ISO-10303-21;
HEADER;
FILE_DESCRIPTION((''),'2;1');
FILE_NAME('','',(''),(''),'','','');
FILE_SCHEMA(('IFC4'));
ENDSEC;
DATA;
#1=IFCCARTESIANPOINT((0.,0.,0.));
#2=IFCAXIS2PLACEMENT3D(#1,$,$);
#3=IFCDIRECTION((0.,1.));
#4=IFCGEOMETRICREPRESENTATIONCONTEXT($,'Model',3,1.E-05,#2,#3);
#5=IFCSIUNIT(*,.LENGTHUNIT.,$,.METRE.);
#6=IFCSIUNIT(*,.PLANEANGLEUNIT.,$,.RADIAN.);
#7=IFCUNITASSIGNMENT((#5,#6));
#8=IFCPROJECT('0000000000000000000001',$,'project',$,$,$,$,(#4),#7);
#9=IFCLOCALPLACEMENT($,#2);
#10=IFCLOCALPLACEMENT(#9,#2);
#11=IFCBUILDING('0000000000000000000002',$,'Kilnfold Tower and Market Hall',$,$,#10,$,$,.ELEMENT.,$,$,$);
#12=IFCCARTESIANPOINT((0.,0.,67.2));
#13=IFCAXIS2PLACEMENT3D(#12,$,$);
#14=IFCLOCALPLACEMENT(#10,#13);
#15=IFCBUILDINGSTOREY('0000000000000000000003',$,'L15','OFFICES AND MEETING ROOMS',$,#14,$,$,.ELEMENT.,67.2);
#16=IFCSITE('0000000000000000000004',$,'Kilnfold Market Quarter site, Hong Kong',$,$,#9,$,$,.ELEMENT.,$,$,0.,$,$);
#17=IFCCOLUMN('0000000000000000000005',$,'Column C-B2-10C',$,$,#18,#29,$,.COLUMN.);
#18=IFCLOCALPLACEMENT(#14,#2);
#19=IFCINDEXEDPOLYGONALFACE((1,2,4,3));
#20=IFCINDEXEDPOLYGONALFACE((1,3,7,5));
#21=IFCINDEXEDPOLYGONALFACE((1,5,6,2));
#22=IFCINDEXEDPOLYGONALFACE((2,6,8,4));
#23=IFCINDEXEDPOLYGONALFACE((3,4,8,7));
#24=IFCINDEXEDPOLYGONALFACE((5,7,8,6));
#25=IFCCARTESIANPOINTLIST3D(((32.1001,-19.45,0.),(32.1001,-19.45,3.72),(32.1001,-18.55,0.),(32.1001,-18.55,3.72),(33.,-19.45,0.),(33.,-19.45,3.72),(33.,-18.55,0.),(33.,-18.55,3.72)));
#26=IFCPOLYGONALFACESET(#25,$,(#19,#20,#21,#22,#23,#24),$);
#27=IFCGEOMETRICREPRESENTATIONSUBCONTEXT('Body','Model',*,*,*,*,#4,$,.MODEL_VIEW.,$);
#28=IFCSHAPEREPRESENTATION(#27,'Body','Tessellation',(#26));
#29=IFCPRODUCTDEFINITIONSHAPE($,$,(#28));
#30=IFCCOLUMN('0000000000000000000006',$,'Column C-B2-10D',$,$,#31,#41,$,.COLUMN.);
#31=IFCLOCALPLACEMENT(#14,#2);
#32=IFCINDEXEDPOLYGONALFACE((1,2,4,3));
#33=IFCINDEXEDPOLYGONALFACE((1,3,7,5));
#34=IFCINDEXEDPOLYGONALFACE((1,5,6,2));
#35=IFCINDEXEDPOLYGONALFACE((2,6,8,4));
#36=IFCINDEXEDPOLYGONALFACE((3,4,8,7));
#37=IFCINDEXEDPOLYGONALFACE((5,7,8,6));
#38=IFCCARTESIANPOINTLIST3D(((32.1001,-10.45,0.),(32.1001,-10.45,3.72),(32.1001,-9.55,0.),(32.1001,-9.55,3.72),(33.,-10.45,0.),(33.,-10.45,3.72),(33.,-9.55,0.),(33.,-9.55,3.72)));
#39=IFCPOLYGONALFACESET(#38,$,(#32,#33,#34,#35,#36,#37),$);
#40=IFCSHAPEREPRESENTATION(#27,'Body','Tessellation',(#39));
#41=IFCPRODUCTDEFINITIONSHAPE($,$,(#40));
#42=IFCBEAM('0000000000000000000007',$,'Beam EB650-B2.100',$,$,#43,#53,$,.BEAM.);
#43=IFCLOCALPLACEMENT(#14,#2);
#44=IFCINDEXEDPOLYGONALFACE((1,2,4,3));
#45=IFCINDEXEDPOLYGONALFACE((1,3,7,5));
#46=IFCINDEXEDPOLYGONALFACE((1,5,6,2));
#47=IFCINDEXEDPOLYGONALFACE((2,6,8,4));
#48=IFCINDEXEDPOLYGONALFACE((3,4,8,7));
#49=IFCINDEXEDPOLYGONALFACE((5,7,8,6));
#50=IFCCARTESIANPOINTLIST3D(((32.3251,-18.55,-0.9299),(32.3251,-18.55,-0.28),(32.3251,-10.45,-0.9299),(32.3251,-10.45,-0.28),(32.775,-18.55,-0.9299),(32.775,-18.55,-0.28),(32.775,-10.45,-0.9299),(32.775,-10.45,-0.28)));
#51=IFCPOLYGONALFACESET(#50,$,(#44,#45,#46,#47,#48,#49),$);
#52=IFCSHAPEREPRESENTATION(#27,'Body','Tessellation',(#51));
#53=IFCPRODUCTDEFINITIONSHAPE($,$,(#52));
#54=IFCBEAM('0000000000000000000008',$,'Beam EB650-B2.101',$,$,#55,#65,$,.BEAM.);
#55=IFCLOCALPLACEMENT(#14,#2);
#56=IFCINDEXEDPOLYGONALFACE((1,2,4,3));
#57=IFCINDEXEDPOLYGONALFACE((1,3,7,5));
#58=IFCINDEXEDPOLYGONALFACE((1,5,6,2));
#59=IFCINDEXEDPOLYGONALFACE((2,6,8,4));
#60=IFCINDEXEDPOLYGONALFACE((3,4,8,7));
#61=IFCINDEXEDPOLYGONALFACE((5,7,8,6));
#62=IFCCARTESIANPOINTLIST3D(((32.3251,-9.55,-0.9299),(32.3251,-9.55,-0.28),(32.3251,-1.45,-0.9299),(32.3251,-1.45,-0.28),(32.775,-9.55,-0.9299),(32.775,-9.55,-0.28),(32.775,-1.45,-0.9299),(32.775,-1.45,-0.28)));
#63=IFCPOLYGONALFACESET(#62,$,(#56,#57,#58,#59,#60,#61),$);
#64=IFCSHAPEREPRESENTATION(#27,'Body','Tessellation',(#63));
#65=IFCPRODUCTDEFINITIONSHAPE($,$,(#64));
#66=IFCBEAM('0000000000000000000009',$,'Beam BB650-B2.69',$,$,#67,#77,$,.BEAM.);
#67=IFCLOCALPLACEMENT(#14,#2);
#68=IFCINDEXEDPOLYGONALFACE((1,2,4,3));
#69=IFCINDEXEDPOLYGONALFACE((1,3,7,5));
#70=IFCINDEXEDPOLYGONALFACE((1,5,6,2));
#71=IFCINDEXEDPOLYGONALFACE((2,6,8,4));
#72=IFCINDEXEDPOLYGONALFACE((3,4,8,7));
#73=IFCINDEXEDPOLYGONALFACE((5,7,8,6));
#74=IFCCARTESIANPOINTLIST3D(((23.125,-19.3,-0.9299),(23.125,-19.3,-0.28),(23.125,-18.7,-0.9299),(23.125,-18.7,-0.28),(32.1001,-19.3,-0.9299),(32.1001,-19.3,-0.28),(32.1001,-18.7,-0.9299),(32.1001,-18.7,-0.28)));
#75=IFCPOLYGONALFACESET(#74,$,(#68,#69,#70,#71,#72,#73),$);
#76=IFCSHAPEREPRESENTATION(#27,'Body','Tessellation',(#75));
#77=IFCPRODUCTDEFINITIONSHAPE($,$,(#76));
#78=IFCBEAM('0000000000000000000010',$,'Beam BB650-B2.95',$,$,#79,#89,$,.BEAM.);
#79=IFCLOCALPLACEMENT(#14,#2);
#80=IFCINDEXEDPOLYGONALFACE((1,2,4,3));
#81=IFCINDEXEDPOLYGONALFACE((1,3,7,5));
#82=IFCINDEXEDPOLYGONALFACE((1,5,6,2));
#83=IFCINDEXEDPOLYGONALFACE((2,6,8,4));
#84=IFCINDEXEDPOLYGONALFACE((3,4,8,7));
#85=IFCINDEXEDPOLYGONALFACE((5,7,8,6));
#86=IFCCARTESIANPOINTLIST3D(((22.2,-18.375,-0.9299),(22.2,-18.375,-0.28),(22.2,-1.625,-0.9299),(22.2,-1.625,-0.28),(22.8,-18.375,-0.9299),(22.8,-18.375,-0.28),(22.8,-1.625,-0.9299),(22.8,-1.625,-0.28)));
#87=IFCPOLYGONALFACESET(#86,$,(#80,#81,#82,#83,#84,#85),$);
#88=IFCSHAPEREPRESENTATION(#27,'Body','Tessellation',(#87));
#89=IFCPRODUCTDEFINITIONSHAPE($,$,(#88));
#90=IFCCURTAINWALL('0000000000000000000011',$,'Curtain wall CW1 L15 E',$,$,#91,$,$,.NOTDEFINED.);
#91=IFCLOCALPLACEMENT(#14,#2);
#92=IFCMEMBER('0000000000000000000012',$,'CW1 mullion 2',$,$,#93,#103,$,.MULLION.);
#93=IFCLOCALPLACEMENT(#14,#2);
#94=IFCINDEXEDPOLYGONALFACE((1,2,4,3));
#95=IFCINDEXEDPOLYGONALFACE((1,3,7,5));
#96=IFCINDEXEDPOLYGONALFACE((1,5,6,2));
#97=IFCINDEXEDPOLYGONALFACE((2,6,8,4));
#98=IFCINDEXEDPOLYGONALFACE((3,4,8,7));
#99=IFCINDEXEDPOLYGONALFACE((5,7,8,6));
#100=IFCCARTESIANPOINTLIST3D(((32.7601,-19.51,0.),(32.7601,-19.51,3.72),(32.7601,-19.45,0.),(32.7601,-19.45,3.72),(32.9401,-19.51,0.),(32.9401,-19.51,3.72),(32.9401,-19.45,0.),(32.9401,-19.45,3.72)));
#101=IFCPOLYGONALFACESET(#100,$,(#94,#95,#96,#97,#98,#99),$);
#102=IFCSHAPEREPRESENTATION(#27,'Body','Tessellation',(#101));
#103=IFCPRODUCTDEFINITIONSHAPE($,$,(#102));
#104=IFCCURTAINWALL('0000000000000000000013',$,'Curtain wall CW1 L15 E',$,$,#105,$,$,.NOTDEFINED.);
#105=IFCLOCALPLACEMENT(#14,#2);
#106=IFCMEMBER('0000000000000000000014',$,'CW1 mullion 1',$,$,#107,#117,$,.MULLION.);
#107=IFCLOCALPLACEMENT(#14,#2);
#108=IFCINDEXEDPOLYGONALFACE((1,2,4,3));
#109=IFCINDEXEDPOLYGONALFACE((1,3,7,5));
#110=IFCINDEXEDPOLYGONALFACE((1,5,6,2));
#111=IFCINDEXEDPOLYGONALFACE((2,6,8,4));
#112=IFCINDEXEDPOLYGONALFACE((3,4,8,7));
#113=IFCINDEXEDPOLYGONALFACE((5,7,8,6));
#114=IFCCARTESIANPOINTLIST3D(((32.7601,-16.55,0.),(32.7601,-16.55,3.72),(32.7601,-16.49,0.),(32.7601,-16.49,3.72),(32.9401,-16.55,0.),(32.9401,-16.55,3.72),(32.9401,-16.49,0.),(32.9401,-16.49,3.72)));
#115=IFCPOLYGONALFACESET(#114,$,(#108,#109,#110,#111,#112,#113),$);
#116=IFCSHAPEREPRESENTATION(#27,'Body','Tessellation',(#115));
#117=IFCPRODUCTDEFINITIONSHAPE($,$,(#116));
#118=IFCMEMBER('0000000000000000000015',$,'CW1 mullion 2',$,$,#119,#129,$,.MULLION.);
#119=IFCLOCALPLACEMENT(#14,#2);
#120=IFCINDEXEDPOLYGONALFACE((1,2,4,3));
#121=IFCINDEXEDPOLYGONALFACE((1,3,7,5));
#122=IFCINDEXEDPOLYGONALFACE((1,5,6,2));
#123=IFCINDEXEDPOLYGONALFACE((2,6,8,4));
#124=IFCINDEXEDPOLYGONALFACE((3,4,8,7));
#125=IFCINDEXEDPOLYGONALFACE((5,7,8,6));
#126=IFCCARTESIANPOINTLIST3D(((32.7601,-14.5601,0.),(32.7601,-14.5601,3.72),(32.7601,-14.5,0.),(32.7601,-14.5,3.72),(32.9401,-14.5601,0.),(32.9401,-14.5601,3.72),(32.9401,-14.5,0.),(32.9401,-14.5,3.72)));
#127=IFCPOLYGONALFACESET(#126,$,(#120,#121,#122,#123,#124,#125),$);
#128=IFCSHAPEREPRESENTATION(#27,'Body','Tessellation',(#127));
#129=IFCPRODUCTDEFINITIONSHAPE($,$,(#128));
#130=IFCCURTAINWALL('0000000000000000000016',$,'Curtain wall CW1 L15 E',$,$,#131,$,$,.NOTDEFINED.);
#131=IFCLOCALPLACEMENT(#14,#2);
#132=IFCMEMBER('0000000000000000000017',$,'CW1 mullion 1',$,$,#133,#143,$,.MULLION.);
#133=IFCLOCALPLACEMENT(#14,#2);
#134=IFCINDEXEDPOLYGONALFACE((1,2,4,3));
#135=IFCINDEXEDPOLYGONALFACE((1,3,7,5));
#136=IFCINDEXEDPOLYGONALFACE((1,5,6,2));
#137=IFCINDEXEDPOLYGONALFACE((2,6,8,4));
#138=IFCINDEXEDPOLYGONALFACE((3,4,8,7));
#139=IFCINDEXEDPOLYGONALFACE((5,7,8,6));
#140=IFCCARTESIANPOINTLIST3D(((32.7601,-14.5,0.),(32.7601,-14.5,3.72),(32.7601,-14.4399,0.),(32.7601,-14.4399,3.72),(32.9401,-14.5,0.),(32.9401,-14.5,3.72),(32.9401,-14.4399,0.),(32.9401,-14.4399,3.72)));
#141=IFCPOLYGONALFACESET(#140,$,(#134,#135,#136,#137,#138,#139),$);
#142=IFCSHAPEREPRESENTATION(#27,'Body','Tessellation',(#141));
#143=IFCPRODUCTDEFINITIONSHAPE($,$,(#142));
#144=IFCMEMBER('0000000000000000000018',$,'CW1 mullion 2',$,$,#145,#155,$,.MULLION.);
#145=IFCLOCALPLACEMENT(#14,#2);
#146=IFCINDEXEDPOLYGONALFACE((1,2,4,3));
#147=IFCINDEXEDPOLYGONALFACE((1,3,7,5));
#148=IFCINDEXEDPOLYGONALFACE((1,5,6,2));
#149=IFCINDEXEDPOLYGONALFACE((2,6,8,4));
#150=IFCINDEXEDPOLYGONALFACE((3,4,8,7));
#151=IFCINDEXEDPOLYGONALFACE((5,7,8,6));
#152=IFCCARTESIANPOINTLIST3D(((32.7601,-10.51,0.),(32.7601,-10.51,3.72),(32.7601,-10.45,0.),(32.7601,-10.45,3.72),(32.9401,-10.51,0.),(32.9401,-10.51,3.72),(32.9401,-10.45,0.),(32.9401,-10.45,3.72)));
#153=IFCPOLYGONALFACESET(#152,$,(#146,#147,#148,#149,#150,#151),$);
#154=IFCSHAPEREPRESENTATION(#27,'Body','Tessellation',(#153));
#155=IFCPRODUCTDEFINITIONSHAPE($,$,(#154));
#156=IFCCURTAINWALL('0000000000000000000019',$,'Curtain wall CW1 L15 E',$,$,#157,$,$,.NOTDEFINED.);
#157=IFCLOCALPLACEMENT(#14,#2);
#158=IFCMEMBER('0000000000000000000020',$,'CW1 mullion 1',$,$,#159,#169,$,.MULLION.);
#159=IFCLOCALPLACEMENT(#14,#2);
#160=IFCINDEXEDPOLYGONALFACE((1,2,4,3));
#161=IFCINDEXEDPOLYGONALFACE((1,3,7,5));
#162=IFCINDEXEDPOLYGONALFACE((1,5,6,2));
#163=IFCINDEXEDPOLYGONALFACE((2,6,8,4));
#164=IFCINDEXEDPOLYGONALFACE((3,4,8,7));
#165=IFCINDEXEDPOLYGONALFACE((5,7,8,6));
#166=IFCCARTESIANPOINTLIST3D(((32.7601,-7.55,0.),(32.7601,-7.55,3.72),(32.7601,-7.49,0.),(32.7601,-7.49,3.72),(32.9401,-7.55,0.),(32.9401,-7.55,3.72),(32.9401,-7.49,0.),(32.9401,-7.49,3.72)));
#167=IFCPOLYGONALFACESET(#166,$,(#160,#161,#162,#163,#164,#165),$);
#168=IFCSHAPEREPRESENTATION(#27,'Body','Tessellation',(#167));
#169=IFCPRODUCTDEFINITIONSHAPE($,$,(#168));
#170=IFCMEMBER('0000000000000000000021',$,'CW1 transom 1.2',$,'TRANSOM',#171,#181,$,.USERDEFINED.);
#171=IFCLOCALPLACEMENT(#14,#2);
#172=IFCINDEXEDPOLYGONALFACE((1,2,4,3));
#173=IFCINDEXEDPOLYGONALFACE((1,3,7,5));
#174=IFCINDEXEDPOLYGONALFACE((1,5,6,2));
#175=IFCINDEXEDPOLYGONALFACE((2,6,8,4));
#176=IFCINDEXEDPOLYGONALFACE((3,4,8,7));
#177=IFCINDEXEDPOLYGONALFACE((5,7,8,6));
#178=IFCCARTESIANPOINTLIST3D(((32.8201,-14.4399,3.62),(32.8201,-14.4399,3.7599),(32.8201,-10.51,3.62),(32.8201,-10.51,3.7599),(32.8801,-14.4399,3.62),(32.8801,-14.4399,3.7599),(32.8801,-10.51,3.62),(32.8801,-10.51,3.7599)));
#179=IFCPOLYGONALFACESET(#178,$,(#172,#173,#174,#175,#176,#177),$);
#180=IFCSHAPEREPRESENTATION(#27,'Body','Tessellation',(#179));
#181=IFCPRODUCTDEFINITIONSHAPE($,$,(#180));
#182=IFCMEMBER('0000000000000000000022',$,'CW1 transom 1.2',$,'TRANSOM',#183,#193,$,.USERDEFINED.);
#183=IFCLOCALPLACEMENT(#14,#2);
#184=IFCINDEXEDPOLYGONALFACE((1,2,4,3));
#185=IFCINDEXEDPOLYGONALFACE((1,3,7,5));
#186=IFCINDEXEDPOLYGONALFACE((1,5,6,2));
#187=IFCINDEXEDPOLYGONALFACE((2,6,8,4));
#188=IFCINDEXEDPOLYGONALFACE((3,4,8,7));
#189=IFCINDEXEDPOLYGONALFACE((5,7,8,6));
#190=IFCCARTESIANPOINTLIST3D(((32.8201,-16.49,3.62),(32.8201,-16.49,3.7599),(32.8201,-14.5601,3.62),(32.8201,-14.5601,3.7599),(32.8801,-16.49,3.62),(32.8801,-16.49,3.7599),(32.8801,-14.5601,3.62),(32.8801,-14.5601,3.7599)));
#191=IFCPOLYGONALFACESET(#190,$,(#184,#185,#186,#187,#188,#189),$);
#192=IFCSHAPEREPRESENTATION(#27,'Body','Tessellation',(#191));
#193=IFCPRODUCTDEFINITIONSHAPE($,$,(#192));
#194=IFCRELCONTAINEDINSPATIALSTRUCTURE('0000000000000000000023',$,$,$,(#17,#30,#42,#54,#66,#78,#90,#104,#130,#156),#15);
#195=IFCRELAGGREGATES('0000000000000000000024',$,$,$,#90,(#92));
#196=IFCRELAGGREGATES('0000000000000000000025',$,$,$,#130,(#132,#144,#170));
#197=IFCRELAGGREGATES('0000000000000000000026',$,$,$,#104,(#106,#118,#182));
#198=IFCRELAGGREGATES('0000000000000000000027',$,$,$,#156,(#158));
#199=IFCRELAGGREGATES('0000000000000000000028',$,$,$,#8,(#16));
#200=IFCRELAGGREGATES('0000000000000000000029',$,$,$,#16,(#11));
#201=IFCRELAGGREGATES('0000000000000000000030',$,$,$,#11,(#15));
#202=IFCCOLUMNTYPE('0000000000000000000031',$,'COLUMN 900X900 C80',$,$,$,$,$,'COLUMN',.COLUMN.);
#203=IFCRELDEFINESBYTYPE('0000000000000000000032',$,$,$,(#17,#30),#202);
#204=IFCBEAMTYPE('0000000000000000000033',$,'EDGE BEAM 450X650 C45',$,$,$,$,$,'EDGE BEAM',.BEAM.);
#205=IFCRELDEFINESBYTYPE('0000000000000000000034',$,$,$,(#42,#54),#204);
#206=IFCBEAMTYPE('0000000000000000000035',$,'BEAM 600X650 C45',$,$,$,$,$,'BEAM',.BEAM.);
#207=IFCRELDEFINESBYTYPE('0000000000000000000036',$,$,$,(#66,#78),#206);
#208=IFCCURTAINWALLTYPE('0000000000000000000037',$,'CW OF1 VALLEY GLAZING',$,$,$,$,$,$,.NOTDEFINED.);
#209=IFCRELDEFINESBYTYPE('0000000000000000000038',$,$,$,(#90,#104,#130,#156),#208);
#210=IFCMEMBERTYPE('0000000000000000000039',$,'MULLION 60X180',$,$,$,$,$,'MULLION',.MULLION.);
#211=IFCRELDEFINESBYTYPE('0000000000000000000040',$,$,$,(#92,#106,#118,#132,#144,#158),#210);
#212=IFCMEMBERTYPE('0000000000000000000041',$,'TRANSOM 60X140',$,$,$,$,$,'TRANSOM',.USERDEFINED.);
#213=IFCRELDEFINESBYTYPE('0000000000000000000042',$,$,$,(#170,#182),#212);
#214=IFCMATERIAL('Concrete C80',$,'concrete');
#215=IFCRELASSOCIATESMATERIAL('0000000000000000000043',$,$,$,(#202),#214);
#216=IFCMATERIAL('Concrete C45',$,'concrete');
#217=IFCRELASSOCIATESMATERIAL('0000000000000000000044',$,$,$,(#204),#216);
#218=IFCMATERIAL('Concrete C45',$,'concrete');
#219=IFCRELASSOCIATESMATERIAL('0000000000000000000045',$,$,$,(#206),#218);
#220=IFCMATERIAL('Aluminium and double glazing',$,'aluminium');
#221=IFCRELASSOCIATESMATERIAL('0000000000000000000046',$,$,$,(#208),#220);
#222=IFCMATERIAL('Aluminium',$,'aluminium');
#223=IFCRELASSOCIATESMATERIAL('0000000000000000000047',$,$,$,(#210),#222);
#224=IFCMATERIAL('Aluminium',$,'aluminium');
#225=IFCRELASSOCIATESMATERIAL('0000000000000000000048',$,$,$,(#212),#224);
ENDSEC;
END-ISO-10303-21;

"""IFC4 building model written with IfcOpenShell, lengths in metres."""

from ifc_helpers import new_model, si_unit, direction, frame, origin, origin_2d, place, context, subcontext, project, spatial, rectangle, extrude, source, transform, mapped, material, material_profile, profile_set, type_object, element, aggregate, save


model = new_model("IFC4")

# Units and contexts
model_context = context("Model", 3, precision=1e-05, world=origin(), true_north=direction((0.0, 1.0)))
body_context = subcontext(model_context, "Body", "Model", "MODEL_VIEW")
ifc_project = project(units=[si_unit("LENGTHUNIT", "METRE"), si_unit("PLANEANGLEUNIT", "RADIAN")], contexts=[model_context])

# Site, building, storey
site_placement = place(None, origin())
site = spatial("IfcSite", under=ifc_project, at=site_placement, Name="Kilnfold Market Quarter site, Hong Kong", CompositionType="ELEMENT", RefElevation=0.0)
building_placement = place(site_placement, origin())
building = spatial("IfcBuilding", under=site, at=building_placement, Name="Kilnfold Tower and Market Hall", CompositionType="ELEMENT")
storey_placement = place(building_placement, frame((0.0, 0.0, 67.2)))
storey = spatial("IfcBuildingStorey", under=building, at=storey_placement, Name="L15", Description="OFFICES AND MEETING ROOMS", CompositionType="ELEMENT", Elevation=67.2)

# Columns
ifc_material_1 = material(Name="Concrete C80", Category="concrete")
ifc_material_profile_1 = material_profile(ifc_material_1, rectangle(XDim=0.8999, YDim=0.8999, at=origin_2d()), Name="RC 900x900")
ifc_profile_set_1 = profile_set([ifc_material_profile_1], Name="Concrete C80")
column_type = type_object("IfcColumnType", Name="COLUMN 900X900 C80", ElementType="COLUMN", PredefinedType="COLUMN", material=ifc_profile_set_1)
shared_shape_1 = source(origin(), body_context, "Body", "SweptSolid", [
    extrude(rectangle(XDim=0.8999, YDim=0.8999, at=origin_2d()), origin(), (0.0, 0.0, 1.0), 3.72),
])
for number, where, z_axis, x_axis, name in (
    (1, (32.55, -19.0, 0.0), (0.0, 0.0, 1.0), (1.0, 0.0, 0.0), "Column C-B2-10C"),
    (2, (32.55, -10.0, 0.0), (0.0, 0.0, 1.0), (1.0, 0.0, 0.0), "Column C-B2-10D"),
):
    element("IfcColumn", number, at=place(storey_placement, frame(where, z_axis=z_axis, x_axis=x_axis)), inside=storey, type_object=column_type, Name=name, PredefinedType="COLUMN", context=body_context, shape_type="MappedRepresentation", body=[
        mapped(shared_shape_1, transform((0.0, 0.0, 0.0))),
    ])

# Beams
ifc_material_2 = material(Name="Concrete C45", Category="concrete")
ifc_material_profile_2 = material_profile(ifc_material_2, rectangle(XDim=0.45, YDim=0.6499, at=origin_2d()), Name="RC 450x650")
ifc_profile_set_2 = profile_set([ifc_material_profile_2], Name="Concrete C45")
beam_type_1 = type_object("IfcBeamType", Name="EDGE BEAM 450X650 C45", ElementType="EDGE BEAM", PredefinedType="BEAM", material=ifc_profile_set_2)
shared_shape_2 = source(origin(), body_context, "Body", "SweptSolid", [
    extrude(rectangle(XDim=0.45, YDim=0.6499, at=origin_2d()), origin(), (0.0, 0.0, 1.0), 8.1001),
])
for number, where, z_axis, x_axis, name in (
    (3, (32.55, -18.55, -0.605), (0.0, 1.0, 0.0), (-1.0, 0.0, 0.0), "Beam EB650-B2.100"),
    (4, (32.55, -9.55, -0.605), (0.0, 1.0, 0.0), (-1.0, 0.0, 0.0), "Beam EB650-B2.101"),
):
    element("IfcBeam", number, at=place(storey_placement, frame(where, z_axis=z_axis, x_axis=x_axis)), inside=storey, type_object=beam_type_1, Name=name, PredefinedType="BEAM", context=body_context, shape_type="MappedRepresentation", body=[
        mapped(shared_shape_2, transform((0.0, 0.0, 0.0))),
    ])
ifc_material_3 = material(Name="Concrete C45", Category="concrete")
ifc_material_profile_3 = material_profile(ifc_material_3, rectangle(XDim=0.6001, YDim=0.6499, at=origin_2d()), Name="RC 600x650")
ifc_profile_set_3 = profile_set([ifc_material_profile_3], Name="Concrete C45")
beam_type_2 = type_object("IfcBeamType", Name="BEAM 600X650 C45", ElementType="BEAM", PredefinedType="BEAM", material=ifc_profile_set_3)
shared_shape_3 = source(origin(), body_context, "Body", "SweptSolid", [
    extrude(rectangle(XDim=0.6001, YDim=0.6499, at=origin_2d()), origin(), (0.0, 0.0, 1.0), 8.9751),
])
beam_1_placement = place(storey_placement, frame((23.125, -19.0, -0.605), z_axis=(1.0, 0.0, 0.0), x_axis=(0.0, 1.0, 0.0)))
element("IfcBeam", 5, at=beam_1_placement, inside=storey, type_object=beam_type_2, Name="Beam BB650-B2.69", PredefinedType="BEAM", context=body_context, shape_type="MappedRepresentation", body=[
    mapped(shared_shape_3, transform((0.0, 0.0, 0.0))),
])
shared_shape_4 = source(origin(), body_context, "Body", "SweptSolid", [
    extrude(rectangle(XDim=0.6001, YDim=0.6499, at=origin_2d()), origin(), (0.0, 0.0, 1.0), 16.75),
])
beam_2_placement = place(storey_placement, frame((22.5, -18.375, -0.605), z_axis=(0.0, 1.0, 0.0), x_axis=(-1.0, 0.0, 0.0)))
element("IfcBeam", 6, at=beam_2_placement, inside=storey, type_object=beam_type_2, Name="Beam BB650-B2.95", PredefinedType="BEAM", context=body_context, shape_type="MappedRepresentation", body=[
    mapped(shared_shape_4, transform((0.0, 0.0, 0.0))),
])

# Curtain wall, member
ifc_material_4 = material(Name="Aluminium and double glazing", Category="aluminium")
curtain_wall_type = type_object("IfcCurtainWallType", Name="CW OF1 VALLEY GLAZING", PredefinedType="NOTDEFINED", material=ifc_material_4)
curtain_wall_1_placement = place(storey_placement, origin())
curtain_wall_1 = element("IfcCurtainWall", 7, at=curtain_wall_1_placement, inside=storey, type_object=curtain_wall_type, Name="Curtain wall CW1 L15 E", PredefinedType="NOTDEFINED")
ifc_material_5 = material(Name="Aluminium", Category="aluminium")
ifc_material_profile_4 = material_profile(ifc_material_5, rectangle(XDim=0.0601, YDim=0.1799, at=origin_2d()), Name="MULLION 60x180")
ifc_profile_set_4 = profile_set([ifc_material_profile_4], Name="Aluminium")
member_type_1 = type_object("IfcMemberType", Name="MULLION 60X180", ElementType="MULLION", PredefinedType="MULLION", material=ifc_profile_set_4)
shared_shape_5 = source(origin(), body_context, "Body", "SweptSolid", [
    extrude(rectangle(XDim=0.0601, YDim=0.1799, at=origin_2d()), origin(), (0.0, 0.0, 1.0), 3.72),
])
member_1_placement = place(storey_placement, frame((32.8501, -19.48, 0.0), z_axis=(0.0, 0.0, 1.0), x_axis=(0.0, 1.0, 0.0)))
member_1 = element("IfcMember", 8, at=member_1_placement, type_object=member_type_1, Name="CW1 mullion 2", PredefinedType="MULLION", context=body_context, shape_type="MappedRepresentation", body=[
    mapped(shared_shape_5, transform((0.0, 0.0, 0.0))),
])
aggregate(curtain_wall_1, [member_1])

# Curtain walls, members
curtain_wall_2_placement = place(storey_placement, origin())
curtain_wall_2 = element("IfcCurtainWall", 9, at=curtain_wall_2_placement, inside=storey, type_object=curtain_wall_type, Name="Curtain wall CW1 L15 E", PredefinedType="NOTDEFINED")
member_2_placement = place(storey_placement, frame((32.8501, -16.52, 0.0), z_axis=(0.0, 0.0, 1.0), x_axis=(0.0, 1.0, 0.0)))
member_2 = element("IfcMember", 10, at=member_2_placement, type_object=member_type_1, Name="CW1 mullion 1", PredefinedType="MULLION", context=body_context, shape_type="MappedRepresentation", body=[
    mapped(shared_shape_5, transform((0.0, 0.0, 0.0))),
])
member_3_placement = place(storey_placement, frame((32.8501, -14.53, 0.0), z_axis=(0.0, 0.0, 1.0), x_axis=(0.0, 1.0, 0.0)))
member_3 = element("IfcMember", 11, at=member_3_placement, type_object=member_type_1, Name="CW1 mullion 2", PredefinedType="MULLION", context=body_context, shape_type="MappedRepresentation", body=[
    mapped(shared_shape_5, transform((0.0, 0.0, 0.0))),
])
curtain_wall_3_placement = place(storey_placement, origin())
curtain_wall_3 = element("IfcCurtainWall", 12, at=curtain_wall_3_placement, inside=storey, type_object=curtain_wall_type, Name="Curtain wall CW1 L15 E", PredefinedType="NOTDEFINED")
member_4_placement = place(storey_placement, frame((32.8501, -14.47, 0.0), z_axis=(0.0, 0.0, 1.0), x_axis=(0.0, 1.0, 0.0)))
member_4 = element("IfcMember", 13, at=member_4_placement, type_object=member_type_1, Name="CW1 mullion 1", PredefinedType="MULLION", context=body_context, shape_type="MappedRepresentation", body=[
    mapped(shared_shape_5, transform((0.0, 0.0, 0.0))),
])
member_5_placement = place(storey_placement, frame((32.8501, -10.48, 0.0), z_axis=(0.0, 0.0, 1.0), x_axis=(0.0, 1.0, 0.0)))
member_5 = element("IfcMember", 14, at=member_5_placement, type_object=member_type_1, Name="CW1 mullion 2", PredefinedType="MULLION", context=body_context, shape_type="MappedRepresentation", body=[
    mapped(shared_shape_5, transform((0.0, 0.0, 0.0))),
])

# Curtain wall, member
curtain_wall_4_placement = place(storey_placement, origin())
curtain_wall_4 = element("IfcCurtainWall", 15, at=curtain_wall_4_placement, inside=storey, type_object=curtain_wall_type, Name="Curtain wall CW1 L15 E", PredefinedType="NOTDEFINED")
member_6_placement = place(storey_placement, frame((32.8501, -7.52, 0.0), z_axis=(0.0, 0.0, 1.0), x_axis=(0.0, 1.0, 0.0)))
member_6 = element("IfcMember", 16, at=member_6_placement, type_object=member_type_1, Name="CW1 mullion 1", PredefinedType="MULLION", context=body_context, shape_type="MappedRepresentation", body=[
    mapped(shared_shape_5, transform((0.0, 0.0, 0.0))),
])

# Members
ifc_material_6 = material(Name="Aluminium", Category="aluminium")
ifc_material_profile_5 = material_profile(ifc_material_6, rectangle(XDim=0.0601, YDim=0.1399, at=origin_2d()), Name="TRANSOM 60x140")
ifc_profile_set_5 = profile_set([ifc_material_profile_5], Name="Aluminium")
member_type_2 = type_object("IfcMemberType", Name="TRANSOM 60X140", ElementType="TRANSOM", PredefinedType="USERDEFINED", material=ifc_profile_set_5)
shared_shape_6 = source(origin(), body_context, "Body", "SweptSolid", [
    extrude(rectangle(XDim=0.0601, YDim=0.1399, at=origin_2d()), origin(), (0.0, 0.0, 1.0), 3.9299),
])
member_7_placement = place(storey_placement, frame((32.8501, -14.4399, 3.6899), z_axis=(0.0, 1.0, 0.0), x_axis=(-1.0, 0.0, 0.0)))
member_7 = element("IfcMember", 17, at=member_7_placement, type_object=member_type_2, Name="CW1 transom 1.2", ObjectType="TRANSOM", PredefinedType="USERDEFINED", context=body_context, shape_type="MappedRepresentation", body=[
    mapped(shared_shape_6, transform((0.0, 0.0, 0.0))),
])
shared_shape_7 = source(origin(), body_context, "Body", "SweptSolid", [
    extrude(rectangle(XDim=0.0601, YDim=0.1399, at=origin_2d()), origin(), (0.0, 0.0, 1.0), 1.9299),
])
member_8_placement = place(storey_placement, frame((32.8501, -16.49, 3.6899), z_axis=(0.0, 1.0, 0.0), x_axis=(-1.0, 0.0, 0.0)))
member_8 = element("IfcMember", 18, at=member_8_placement, type_object=member_type_2, Name="CW1 transom 1.2", ObjectType="TRANSOM", PredefinedType="USERDEFINED", context=body_context, shape_type="MappedRepresentation", body=[
    mapped(shared_shape_7, transform((0.0, 0.0, 0.0))),
])

aggregate(curtain_wall_3, [member_4, member_5, member_7])
aggregate(curtain_wall_2, [member_2, member_3, member_8])
aggregate(curtain_wall_4, [member_6])

save(model, "model.ifc")
